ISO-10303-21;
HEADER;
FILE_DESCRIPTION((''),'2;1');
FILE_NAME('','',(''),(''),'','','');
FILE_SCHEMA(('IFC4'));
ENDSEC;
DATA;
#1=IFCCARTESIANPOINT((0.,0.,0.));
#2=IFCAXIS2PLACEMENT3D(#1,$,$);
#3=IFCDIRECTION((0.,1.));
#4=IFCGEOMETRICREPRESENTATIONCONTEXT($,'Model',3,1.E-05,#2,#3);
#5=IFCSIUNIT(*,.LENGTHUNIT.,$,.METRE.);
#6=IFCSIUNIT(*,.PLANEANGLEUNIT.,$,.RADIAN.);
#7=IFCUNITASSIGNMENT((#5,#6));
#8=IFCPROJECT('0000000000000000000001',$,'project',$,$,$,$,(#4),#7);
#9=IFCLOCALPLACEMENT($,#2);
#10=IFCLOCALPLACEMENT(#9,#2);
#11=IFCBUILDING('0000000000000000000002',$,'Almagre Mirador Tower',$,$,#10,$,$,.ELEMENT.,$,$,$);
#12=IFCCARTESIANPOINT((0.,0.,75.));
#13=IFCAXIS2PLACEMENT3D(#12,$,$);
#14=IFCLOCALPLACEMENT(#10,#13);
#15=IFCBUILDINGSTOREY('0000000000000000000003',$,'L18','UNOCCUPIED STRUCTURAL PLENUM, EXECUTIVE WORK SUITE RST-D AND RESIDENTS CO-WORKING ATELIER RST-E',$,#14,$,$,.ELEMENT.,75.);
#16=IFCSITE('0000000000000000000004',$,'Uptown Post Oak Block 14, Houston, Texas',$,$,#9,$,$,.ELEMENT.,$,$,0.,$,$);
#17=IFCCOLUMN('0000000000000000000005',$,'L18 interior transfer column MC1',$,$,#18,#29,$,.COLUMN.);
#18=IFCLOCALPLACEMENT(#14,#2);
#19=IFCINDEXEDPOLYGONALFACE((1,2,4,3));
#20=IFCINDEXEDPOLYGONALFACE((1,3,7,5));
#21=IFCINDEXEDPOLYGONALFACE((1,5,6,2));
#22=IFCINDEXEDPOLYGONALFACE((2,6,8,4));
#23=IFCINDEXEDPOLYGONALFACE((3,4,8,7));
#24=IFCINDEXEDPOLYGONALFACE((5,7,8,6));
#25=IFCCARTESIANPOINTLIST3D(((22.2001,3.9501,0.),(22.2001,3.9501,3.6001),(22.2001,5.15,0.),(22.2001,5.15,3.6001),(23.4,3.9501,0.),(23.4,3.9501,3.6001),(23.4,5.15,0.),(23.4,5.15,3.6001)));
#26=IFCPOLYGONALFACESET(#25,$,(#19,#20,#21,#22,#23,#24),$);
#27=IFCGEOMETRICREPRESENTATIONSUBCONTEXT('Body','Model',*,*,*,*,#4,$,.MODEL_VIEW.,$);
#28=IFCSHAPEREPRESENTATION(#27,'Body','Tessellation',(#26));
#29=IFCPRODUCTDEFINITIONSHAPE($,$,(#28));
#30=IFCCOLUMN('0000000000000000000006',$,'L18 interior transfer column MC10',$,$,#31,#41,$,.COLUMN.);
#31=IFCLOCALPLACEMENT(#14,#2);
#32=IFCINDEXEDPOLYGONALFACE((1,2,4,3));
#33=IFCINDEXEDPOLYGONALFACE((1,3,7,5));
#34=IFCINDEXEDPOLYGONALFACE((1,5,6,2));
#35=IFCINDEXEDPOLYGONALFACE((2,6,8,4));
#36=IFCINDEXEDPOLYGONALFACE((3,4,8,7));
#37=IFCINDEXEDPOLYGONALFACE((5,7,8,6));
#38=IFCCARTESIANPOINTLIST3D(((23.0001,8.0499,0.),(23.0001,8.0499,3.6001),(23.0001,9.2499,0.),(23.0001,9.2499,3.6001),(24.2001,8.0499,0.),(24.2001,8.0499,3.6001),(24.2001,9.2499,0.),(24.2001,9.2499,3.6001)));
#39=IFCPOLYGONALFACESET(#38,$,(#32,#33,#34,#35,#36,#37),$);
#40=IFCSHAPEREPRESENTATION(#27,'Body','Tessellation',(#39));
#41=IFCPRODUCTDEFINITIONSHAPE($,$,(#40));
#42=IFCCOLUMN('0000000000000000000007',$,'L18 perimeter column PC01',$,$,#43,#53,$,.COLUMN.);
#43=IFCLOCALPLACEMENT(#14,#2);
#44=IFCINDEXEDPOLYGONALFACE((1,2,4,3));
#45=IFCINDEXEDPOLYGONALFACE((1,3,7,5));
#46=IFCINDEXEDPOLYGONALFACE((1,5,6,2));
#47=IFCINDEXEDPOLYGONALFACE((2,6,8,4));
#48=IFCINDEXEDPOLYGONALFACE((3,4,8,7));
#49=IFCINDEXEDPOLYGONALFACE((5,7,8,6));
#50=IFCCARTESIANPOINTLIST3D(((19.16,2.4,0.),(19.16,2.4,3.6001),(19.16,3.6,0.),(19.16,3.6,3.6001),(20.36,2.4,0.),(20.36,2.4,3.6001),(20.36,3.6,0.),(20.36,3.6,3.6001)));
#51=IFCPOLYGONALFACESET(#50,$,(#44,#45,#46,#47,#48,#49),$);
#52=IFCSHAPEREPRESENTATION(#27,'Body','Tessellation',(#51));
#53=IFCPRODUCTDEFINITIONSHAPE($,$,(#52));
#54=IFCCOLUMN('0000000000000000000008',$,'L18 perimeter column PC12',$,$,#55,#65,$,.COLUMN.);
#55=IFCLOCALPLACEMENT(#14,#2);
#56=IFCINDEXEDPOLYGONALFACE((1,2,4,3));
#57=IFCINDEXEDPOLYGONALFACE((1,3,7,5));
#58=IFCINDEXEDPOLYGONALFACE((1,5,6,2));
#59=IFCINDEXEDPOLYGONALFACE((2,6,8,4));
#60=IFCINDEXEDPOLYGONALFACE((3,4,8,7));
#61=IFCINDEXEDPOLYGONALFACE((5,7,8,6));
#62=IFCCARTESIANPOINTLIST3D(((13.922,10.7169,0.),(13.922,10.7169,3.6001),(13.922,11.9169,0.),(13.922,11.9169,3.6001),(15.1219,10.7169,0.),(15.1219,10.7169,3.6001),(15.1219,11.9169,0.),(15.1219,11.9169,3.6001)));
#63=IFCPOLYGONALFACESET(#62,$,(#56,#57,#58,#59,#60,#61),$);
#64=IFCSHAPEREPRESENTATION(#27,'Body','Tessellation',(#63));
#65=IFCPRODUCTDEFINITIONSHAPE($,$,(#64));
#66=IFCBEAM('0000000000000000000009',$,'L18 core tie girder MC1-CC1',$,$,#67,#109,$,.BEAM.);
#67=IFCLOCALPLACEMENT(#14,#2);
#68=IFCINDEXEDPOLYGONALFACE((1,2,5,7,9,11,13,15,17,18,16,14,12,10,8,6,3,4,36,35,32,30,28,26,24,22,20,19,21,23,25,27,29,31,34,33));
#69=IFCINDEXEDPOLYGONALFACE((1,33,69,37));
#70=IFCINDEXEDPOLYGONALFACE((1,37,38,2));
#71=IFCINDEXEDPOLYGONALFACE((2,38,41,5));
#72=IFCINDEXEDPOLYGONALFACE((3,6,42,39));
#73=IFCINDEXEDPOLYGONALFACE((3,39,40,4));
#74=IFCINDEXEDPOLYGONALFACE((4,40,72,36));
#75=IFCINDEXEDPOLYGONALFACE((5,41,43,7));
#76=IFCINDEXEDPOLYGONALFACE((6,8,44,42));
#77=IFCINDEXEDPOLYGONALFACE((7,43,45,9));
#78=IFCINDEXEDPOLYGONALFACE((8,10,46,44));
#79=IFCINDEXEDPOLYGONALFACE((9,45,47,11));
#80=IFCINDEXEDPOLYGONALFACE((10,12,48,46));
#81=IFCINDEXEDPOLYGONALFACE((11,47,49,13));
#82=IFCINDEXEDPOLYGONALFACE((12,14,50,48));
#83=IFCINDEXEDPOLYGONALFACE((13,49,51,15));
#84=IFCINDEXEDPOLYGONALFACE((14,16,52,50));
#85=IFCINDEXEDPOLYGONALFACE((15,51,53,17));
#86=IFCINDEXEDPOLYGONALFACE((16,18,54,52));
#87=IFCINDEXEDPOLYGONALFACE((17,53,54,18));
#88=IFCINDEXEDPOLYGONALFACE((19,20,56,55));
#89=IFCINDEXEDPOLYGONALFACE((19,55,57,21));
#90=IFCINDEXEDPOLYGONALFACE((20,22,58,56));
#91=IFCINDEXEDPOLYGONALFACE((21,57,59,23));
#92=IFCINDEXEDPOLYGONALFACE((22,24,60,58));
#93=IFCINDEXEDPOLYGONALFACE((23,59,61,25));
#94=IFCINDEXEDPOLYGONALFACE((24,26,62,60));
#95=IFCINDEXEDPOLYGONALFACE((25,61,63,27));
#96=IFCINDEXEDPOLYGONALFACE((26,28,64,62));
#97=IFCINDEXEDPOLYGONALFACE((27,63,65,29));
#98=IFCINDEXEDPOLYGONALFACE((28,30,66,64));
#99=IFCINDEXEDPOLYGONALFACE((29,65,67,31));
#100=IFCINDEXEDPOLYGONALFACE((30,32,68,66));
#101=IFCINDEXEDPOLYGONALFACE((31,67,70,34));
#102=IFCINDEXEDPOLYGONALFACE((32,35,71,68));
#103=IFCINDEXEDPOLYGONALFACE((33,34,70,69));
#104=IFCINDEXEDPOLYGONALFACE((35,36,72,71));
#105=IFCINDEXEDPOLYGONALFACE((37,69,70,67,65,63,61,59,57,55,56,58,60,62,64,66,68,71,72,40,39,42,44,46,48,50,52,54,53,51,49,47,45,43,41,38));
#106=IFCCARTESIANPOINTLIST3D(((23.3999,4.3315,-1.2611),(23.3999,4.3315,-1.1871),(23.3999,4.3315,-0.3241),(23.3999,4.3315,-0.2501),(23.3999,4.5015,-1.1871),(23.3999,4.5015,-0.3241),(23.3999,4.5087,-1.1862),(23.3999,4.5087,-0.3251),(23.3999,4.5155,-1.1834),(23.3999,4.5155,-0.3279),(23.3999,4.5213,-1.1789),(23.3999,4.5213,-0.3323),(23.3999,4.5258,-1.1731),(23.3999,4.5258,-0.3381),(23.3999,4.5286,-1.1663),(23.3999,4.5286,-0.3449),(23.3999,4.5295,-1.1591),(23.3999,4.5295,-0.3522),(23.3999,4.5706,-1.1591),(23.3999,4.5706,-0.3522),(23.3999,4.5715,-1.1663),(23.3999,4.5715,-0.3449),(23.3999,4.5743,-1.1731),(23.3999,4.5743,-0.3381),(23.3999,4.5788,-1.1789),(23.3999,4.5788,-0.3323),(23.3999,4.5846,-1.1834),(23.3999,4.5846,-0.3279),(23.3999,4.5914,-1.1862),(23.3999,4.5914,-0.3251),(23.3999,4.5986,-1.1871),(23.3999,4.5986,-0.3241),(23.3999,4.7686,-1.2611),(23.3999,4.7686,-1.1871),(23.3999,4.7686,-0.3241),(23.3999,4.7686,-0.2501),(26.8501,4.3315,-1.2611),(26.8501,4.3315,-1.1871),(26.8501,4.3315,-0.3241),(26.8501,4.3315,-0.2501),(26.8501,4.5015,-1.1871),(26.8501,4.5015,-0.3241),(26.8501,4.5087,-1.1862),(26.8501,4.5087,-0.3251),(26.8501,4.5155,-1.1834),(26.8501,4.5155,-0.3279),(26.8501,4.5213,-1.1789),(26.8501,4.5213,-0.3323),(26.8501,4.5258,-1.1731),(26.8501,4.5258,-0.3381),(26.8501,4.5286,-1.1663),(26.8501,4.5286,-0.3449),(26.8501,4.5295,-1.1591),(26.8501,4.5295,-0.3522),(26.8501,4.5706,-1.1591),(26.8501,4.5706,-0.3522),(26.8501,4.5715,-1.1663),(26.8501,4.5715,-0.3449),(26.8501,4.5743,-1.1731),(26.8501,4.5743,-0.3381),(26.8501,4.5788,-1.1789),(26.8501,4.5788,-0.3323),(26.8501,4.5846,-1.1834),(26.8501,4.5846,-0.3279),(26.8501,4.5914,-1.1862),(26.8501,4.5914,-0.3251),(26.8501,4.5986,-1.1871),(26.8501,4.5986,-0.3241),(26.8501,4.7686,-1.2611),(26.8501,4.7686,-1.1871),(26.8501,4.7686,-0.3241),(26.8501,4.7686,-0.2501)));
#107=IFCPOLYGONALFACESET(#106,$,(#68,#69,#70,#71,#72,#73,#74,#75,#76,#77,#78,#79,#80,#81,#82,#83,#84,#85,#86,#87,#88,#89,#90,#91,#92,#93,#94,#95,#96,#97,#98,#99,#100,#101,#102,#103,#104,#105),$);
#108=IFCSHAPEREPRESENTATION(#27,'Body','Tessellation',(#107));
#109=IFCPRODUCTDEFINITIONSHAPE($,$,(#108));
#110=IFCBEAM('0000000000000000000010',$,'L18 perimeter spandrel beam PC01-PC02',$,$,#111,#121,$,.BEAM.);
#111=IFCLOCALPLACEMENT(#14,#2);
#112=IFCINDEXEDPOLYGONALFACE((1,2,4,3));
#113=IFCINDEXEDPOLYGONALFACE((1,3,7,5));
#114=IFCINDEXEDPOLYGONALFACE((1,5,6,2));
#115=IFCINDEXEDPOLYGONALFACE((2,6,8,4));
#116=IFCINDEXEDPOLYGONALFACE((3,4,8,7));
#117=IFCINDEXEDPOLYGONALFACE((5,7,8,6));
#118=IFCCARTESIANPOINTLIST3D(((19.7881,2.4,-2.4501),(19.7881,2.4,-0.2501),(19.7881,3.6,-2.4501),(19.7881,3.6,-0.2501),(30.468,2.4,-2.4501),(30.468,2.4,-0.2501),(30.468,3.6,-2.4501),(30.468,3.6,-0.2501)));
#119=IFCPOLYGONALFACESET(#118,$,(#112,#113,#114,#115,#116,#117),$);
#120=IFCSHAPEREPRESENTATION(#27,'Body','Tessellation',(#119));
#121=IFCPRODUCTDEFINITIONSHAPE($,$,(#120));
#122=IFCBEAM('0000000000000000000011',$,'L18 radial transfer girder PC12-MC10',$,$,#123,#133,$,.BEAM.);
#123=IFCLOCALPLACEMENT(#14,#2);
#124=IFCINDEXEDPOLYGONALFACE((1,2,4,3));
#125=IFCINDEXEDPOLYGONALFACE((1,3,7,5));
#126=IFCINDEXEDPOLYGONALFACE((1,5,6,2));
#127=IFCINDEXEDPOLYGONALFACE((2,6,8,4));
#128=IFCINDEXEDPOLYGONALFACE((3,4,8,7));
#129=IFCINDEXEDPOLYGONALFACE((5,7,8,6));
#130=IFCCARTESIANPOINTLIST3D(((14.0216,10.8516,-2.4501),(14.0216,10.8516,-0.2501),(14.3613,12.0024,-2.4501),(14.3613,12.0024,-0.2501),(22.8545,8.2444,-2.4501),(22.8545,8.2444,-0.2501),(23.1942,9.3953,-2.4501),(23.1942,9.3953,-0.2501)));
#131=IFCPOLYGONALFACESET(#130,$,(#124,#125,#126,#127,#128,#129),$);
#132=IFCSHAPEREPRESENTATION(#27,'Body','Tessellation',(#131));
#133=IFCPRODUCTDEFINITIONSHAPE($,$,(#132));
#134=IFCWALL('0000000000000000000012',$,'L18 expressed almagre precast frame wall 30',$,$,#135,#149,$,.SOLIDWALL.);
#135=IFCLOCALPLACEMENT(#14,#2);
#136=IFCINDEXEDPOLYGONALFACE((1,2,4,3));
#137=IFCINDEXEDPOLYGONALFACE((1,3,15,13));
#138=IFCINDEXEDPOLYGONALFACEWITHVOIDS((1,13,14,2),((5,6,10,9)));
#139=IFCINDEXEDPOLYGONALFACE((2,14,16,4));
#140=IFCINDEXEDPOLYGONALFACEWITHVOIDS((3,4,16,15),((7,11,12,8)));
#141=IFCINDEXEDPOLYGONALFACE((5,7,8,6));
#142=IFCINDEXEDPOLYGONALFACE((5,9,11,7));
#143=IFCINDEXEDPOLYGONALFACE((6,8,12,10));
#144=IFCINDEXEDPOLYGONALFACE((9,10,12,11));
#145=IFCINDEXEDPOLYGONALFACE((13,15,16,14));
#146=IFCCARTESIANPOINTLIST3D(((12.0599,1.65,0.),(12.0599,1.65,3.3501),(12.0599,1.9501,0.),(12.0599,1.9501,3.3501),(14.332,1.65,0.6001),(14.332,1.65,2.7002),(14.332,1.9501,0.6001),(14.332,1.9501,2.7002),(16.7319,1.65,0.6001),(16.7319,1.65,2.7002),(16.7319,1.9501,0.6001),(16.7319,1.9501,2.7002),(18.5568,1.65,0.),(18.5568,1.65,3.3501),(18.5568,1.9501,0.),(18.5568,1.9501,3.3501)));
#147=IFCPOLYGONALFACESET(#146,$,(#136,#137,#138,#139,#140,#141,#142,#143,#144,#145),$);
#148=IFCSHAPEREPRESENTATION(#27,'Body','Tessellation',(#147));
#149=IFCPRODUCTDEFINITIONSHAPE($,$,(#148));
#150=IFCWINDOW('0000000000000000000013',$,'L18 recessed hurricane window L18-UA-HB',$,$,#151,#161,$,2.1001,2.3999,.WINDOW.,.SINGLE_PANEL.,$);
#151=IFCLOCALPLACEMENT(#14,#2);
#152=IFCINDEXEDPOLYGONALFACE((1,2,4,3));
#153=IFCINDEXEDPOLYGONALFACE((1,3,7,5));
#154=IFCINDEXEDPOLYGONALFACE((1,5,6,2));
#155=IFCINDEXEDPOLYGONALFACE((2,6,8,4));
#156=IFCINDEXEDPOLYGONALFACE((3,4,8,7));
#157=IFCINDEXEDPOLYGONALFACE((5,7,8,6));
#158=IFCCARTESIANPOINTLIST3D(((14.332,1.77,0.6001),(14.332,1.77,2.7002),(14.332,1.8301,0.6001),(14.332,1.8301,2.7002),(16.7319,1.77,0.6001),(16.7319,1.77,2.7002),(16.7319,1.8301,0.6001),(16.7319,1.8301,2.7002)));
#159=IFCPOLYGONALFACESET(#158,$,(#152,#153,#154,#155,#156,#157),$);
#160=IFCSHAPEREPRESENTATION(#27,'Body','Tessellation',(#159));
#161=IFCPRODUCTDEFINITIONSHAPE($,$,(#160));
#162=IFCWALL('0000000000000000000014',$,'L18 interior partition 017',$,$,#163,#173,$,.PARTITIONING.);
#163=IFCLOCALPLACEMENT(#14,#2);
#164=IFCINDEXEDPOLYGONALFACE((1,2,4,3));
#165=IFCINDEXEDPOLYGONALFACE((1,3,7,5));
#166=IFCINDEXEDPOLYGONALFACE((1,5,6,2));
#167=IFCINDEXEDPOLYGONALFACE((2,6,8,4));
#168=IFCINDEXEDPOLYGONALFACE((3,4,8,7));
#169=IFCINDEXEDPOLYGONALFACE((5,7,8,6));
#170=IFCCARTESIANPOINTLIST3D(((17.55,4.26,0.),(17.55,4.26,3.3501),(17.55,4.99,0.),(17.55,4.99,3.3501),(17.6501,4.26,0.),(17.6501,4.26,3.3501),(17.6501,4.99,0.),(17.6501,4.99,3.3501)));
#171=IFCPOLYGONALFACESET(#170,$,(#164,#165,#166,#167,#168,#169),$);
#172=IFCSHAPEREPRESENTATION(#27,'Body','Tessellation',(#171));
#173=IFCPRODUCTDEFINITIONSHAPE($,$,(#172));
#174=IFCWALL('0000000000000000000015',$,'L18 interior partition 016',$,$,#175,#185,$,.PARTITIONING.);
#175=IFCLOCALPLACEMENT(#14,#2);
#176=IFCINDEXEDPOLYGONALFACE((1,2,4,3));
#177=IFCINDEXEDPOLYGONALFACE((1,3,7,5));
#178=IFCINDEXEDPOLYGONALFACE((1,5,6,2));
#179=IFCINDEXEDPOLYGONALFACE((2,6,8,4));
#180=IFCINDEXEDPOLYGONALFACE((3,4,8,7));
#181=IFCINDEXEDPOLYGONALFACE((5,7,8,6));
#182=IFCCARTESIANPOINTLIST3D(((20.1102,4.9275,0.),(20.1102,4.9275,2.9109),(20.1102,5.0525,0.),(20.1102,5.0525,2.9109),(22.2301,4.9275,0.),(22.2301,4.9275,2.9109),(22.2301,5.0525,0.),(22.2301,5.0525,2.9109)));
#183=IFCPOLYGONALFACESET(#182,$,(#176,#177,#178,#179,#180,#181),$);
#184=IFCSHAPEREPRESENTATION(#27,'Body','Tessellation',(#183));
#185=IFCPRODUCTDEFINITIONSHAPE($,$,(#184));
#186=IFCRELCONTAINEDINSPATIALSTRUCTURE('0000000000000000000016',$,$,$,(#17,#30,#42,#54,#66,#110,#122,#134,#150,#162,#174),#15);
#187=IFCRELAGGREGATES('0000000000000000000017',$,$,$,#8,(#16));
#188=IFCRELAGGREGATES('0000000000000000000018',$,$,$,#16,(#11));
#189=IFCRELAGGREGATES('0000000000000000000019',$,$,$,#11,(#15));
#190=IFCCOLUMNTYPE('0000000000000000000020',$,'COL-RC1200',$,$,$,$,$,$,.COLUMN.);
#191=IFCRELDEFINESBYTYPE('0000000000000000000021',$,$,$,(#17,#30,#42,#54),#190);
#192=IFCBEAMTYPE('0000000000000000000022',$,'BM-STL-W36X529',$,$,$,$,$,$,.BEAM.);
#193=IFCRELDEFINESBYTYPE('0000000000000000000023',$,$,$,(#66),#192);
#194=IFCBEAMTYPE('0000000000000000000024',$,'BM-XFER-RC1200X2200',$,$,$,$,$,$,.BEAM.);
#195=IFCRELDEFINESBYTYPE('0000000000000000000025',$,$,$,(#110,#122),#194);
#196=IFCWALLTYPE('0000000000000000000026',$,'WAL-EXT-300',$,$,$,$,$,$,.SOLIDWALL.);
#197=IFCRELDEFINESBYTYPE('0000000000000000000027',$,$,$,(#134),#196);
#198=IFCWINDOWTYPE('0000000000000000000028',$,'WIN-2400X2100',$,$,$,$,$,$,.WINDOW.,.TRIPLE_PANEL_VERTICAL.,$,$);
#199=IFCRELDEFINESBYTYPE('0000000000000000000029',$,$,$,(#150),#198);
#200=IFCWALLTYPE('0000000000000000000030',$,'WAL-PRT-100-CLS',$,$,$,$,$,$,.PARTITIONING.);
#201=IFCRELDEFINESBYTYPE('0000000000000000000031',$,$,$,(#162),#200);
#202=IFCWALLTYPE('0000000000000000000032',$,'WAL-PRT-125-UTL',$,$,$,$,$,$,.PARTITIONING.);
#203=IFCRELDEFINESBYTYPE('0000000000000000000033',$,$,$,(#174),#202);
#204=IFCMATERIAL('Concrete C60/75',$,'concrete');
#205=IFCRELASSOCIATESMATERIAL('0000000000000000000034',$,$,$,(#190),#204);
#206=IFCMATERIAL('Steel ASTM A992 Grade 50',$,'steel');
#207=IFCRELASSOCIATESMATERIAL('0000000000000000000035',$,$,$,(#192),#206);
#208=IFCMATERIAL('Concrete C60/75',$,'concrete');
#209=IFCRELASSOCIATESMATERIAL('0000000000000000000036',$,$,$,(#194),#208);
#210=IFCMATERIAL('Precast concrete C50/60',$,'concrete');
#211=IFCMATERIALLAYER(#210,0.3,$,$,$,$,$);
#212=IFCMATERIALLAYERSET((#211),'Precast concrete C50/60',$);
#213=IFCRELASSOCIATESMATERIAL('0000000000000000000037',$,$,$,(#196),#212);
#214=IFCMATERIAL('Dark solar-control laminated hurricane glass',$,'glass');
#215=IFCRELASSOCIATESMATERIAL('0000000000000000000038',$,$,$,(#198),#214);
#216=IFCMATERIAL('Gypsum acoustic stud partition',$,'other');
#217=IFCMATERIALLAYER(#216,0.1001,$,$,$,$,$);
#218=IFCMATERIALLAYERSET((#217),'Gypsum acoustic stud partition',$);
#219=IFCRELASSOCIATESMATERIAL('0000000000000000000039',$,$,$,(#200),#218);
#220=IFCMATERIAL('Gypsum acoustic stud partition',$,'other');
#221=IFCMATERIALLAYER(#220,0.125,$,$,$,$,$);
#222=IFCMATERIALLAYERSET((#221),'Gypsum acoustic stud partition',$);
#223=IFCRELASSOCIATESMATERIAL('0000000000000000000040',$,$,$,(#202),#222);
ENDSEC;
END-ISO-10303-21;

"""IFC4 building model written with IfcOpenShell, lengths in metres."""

from ifc_helpers import new_model, si_unit, direction, frame, frame_2d, origin, origin_2d, place, context, subcontext, project, spatial, rectangle, i_section, extrude, material, layer, layer_set, material_profile, profile_set, type_object, element, fill, save


model = new_model("IFC4")

# Units and contexts
model_context = context("Model", 3, precision=1e-05, world=origin(), true_north=direction((0.0, 1.0)))
body_context = subcontext(model_context, "Body", "Model", "MODEL_VIEW")
ifc_project = project(units=[si_unit("LENGTHUNIT", "METRE"), si_unit("PLANEANGLEUNIT", "RADIAN")], contexts=[model_context])

# Site, building, storey
site_placement = place(None, origin())
site = spatial("IfcSite", under=ifc_project, at=site_placement, Name="Uptown Post Oak Block 14, Houston, Texas", CompositionType="ELEMENT", RefElevation=0.0)
building_placement = place(site_placement, origin())
building = spatial("IfcBuilding", under=site, at=building_placement, Name="Almagre Mirador Tower", CompositionType="ELEMENT")
storey_placement = place(building_placement, frame((0.0, 0.0, 75.0)))
storey = spatial("IfcBuildingStorey", under=building, at=storey_placement, Name="L18", Description="UNOCCUPIED STRUCTURAL PLENUM, EXECUTIVE WORK SUITE RST-D AND RESIDENTS CO-WORKING ATELIER RST-E", CompositionType="ELEMENT", Elevation=75.0)

# Columns
ifc_material_1 = material(Name="Concrete C60/75", Category="concrete")
ifc_material_profile_1 = material_profile(ifc_material_1, rectangle(XDim=1.2, YDim=1.2, at=origin_2d()), Name="RC1200X1200")
ifc_profile_set_1 = profile_set([ifc_material_profile_1], Name="Concrete C60/75")
column_type = type_object("IfcColumnType", Name="COL-RC1200", PredefinedType="COLUMN", material=ifc_profile_set_1)
for number, where, z_axis, x_axis, name in (
    (1, (22.8, 4.55, 0.0), (0.0, 0.0, 1.0), (1.0, 0.0, 0.0), "L18 interior transfer column MC1"),
    (2, (23.6001, 8.6499, 0.0), (0.0, 0.0, 1.0), (1.0, 0.0, 0.0), "L18 interior transfer column MC10"),
    (3, (19.76, 3.0, 0.0), (0.0, 0.0, 1.0), (1.0, 0.0, 0.0), "L18 perimeter column PC01"),
    (4, (14.522, 11.3169, 0.0), (0.0, 0.0, 1.0), (1.0, 0.0, 0.0), "L18 perimeter column PC12"),
):
    element("IfcColumn", number, at=place(storey_placement, frame(where, z_axis=z_axis, x_axis=x_axis)), inside=storey, type_object=column_type, Name=name, PredefinedType="COLUMN", context=body_context, shape_type="SweptSolid", body=[
        extrude(rectangle(XDim=1.2, YDim=1.2, at=origin_2d()), origin(), (0.0, 0.0, 1.0), 3.6001),
    ])

# Beams
ifc_material_2 = material(Name="Steel ASTM A992 Grade 50", Category="steel")
ifc_material_profile_2 = material_profile(ifc_material_2, i_section(OverallWidth=0.437, OverallDepth=1.011, WebThickness=0.041, FlangeThickness=0.074, FilletRadius=0.0281, at=origin_2d()), Name="W36X529")
ifc_profile_set_2 = profile_set([ifc_material_profile_2], Name="Steel ASTM A992 Grade 50")
beam_type_1 = type_object("IfcBeamType", Name="BM-STL-W36X529", PredefinedType="BEAM", material=ifc_profile_set_2)
beam_1_placement = place(storey_placement, frame((23.3999, 4.55, -0.7556), z_axis=(1.0, 0.0, 0.0), x_axis=(0.0, 1.0, 0.0)))
element("IfcBeam", 5, at=beam_1_placement, inside=storey, type_object=beam_type_1, Name="L18 core tie girder MC1-CC1", PredefinedType="BEAM", context=body_context, shape_type="SweptSolid", body=[
    extrude(i_section(OverallWidth=0.437, OverallDepth=1.011, WebThickness=0.041, FlangeThickness=0.074, FilletRadius=0.0281, at=origin_2d()), origin(), (0.0, 0.0, 1.0), 3.4502),
])
ifc_material_3 = material(Name="Concrete C60/75", Category="concrete")
ifc_material_profile_3 = material_profile(ifc_material_3, rectangle(XDim=1.2, YDim=2.2, at=origin_2d()), Name="RC1200X2200")
ifc_profile_set_3 = profile_set([ifc_material_profile_3], Name="Concrete C60/75")
beam_type_2 = type_object("IfcBeamType", Name="BM-XFER-RC1200X2200", PredefinedType="BEAM", material=ifc_profile_set_3)
beam_2_placement = place(storey_placement, frame((19.7881, 3.0, -1.3501), z_axis=(1.0, 0.0, 0.0), x_axis=(0.0, 1.0, 0.0)))
element("IfcBeam", 6, at=beam_2_placement, inside=storey, type_object=beam_type_2, Name="L18 perimeter spandrel beam PC01-PC02", PredefinedType="BEAM", context=body_context, shape_type="SweptSolid", body=[
    extrude(rectangle(XDim=1.2, YDim=2.2, at=origin_2d()), origin(), (0.0, 0.0, 1.0), 10.6799),
])
beam_3_placement = place(storey_placement, frame((14.1914, 11.427, -1.3501), z_axis=(0.959094, -0.283089, 0.0), x_axis=(0.283089, 0.959094, 0.0)))
element("IfcBeam", 7, at=beam_3_placement, inside=storey, type_object=beam_type_2, Name="L18 radial transfer girder PC12-MC10", PredefinedType="BEAM", context=body_context, shape_type="SweptSolid", body=[
    extrude(rectangle(XDim=1.2, YDim=2.2, at=origin_2d()), origin(), (0.0, 0.0, 1.0), 9.2097),
])

# Wall, opening, window
ifc_material_4 = material(Name="Precast concrete C50/60", Category="concrete")
ifc_layer_1 = layer(ifc_material_4, 0.3)
ifc_layer_set_1 = layer_set([ifc_layer_1], Name="Precast concrete C50/60")
wall_type_1 = type_object("IfcWallType", Name="WAL-EXT-300", PredefinedType="SOLIDWALL", material=ifc_layer_set_1)
wall_1_placement = place(storey_placement, frame((18.5569, 1.8, 0.0), z_axis=(0.0, 0.0, 1.0), x_axis=(-1.0, 0.0, 0.0)))
wall_1 = element("IfcWall", 8, at=wall_1_placement, inside=storey, type_object=wall_type_1, Name="L18 expressed almagre precast frame wall 30", PredefinedType="SOLIDWALL", context=body_context, shape_type="SweptSolid", body=[
    extrude(rectangle(XDim=6.4968, YDim=0.3, at=frame_2d((3.2485, 0.0))), origin(), (0.0, 0.0, 1.0), 3.3501),
])
opening_1_placement = place(wall_1_placement, frame((1.825, 0.0, 0.6001)))
opening_1 = element("IfcOpeningElement", 9, at=opening_1_placement, cuts=wall_1, PredefinedType="OPENING", context=body_context, shape_type="SweptSolid", body=[
    extrude(rectangle(XDim=2.3999, YDim=2.1001, at=frame_2d((1.2, 1.05))), frame((0.0, 0.1599, 0.0), z_axis=(0.0, -1.0, 0.0), x_axis=(1.0, 0.0, 0.0)), (0.0, 0.0, 1.0), 0.32),
])
ifc_material_5 = material(Name="Dark solar-control laminated hurricane glass", Category="glass")
window_type = type_object("IfcWindowType", Name="WIN-2400X2100", PartitioningType="TRIPLE_PANEL_VERTICAL", PredefinedType="WINDOW", material=ifc_material_5)
window_placement = place(opening_1_placement, origin())
window = element("IfcWindow", 10, at=window_placement, inside=storey, type_object=window_type, Name="L18 recessed hurricane window L18-UA-HB", OverallHeight=2.1001, OverallWidth=2.3999, PartitioningType="SINGLE_PANEL", PredefinedType="WINDOW", context=body_context, shape_type="SweptSolid", body=[
    extrude(rectangle(XDim=2.3999, YDim=2.1001, at=frame_2d((1.2, 1.05))), frame((0.0, 0.03, 0.0), z_axis=(0.0, -1.0, 0.0), x_axis=(1.0, 0.0, 0.0)), (0.0, 0.0, 1.0), 0.0601),
])
fill(opening_1, window)

# Walls
ifc_material_6 = material(Name="Gypsum acoustic stud partition", Category="other")
ifc_layer_2 = layer(ifc_material_6, 0.1001)
ifc_layer_set_2 = layer_set([ifc_layer_2], Name="Gypsum acoustic stud partition")
wall_type_2 = type_object("IfcWallType", Name="WAL-PRT-100-CLS", PredefinedType="PARTITIONING", material=ifc_layer_set_2)
wall_2_placement = place(storey_placement, frame((17.6001, 4.26, 0.0), z_axis=(0.0, 0.0, 1.0), x_axis=(0.0, 1.0, 0.0)))
element("IfcWall", 11, at=wall_2_placement, inside=storey, type_object=wall_type_2, Name="L18 interior partition 017", PredefinedType="PARTITIONING", context=body_context, shape_type="SweptSolid", body=[
    extrude(rectangle(XDim=0.73, YDim=0.1001, at=frame_2d((0.365, 0.0))), origin(), (0.0, 0.0, 1.0), 3.3501),
])
ifc_material_7 = material(Name="Gypsum acoustic stud partition", Category="other")
ifc_layer_3 = layer(ifc_material_7, 0.125)
ifc_layer_set_3 = layer_set([ifc_layer_3], Name="Gypsum acoustic stud partition")
wall_type_3 = type_object("IfcWallType", Name="WAL-PRT-125-UTL", PredefinedType="PARTITIONING", material=ifc_layer_set_3)
wall_3_placement = place(storey_placement, frame((20.1101, 4.99, 0.0), z_axis=(0.0, 0.0, 1.0), x_axis=(1.0, 0.0, 0.0)))
element("IfcWall", 12, at=wall_3_placement, inside=storey, type_object=wall_type_3, Name="L18 interior partition 016", PredefinedType="PARTITIONING", context=body_context, shape_type="SweptSolid", body=[
    extrude(rectangle(XDim=2.1199, YDim=0.125, at=frame_2d((1.0601, 0.0))), origin(), (0.0, 0.0, 1.0), 2.9109),
])

save(model, "model.ifc")
